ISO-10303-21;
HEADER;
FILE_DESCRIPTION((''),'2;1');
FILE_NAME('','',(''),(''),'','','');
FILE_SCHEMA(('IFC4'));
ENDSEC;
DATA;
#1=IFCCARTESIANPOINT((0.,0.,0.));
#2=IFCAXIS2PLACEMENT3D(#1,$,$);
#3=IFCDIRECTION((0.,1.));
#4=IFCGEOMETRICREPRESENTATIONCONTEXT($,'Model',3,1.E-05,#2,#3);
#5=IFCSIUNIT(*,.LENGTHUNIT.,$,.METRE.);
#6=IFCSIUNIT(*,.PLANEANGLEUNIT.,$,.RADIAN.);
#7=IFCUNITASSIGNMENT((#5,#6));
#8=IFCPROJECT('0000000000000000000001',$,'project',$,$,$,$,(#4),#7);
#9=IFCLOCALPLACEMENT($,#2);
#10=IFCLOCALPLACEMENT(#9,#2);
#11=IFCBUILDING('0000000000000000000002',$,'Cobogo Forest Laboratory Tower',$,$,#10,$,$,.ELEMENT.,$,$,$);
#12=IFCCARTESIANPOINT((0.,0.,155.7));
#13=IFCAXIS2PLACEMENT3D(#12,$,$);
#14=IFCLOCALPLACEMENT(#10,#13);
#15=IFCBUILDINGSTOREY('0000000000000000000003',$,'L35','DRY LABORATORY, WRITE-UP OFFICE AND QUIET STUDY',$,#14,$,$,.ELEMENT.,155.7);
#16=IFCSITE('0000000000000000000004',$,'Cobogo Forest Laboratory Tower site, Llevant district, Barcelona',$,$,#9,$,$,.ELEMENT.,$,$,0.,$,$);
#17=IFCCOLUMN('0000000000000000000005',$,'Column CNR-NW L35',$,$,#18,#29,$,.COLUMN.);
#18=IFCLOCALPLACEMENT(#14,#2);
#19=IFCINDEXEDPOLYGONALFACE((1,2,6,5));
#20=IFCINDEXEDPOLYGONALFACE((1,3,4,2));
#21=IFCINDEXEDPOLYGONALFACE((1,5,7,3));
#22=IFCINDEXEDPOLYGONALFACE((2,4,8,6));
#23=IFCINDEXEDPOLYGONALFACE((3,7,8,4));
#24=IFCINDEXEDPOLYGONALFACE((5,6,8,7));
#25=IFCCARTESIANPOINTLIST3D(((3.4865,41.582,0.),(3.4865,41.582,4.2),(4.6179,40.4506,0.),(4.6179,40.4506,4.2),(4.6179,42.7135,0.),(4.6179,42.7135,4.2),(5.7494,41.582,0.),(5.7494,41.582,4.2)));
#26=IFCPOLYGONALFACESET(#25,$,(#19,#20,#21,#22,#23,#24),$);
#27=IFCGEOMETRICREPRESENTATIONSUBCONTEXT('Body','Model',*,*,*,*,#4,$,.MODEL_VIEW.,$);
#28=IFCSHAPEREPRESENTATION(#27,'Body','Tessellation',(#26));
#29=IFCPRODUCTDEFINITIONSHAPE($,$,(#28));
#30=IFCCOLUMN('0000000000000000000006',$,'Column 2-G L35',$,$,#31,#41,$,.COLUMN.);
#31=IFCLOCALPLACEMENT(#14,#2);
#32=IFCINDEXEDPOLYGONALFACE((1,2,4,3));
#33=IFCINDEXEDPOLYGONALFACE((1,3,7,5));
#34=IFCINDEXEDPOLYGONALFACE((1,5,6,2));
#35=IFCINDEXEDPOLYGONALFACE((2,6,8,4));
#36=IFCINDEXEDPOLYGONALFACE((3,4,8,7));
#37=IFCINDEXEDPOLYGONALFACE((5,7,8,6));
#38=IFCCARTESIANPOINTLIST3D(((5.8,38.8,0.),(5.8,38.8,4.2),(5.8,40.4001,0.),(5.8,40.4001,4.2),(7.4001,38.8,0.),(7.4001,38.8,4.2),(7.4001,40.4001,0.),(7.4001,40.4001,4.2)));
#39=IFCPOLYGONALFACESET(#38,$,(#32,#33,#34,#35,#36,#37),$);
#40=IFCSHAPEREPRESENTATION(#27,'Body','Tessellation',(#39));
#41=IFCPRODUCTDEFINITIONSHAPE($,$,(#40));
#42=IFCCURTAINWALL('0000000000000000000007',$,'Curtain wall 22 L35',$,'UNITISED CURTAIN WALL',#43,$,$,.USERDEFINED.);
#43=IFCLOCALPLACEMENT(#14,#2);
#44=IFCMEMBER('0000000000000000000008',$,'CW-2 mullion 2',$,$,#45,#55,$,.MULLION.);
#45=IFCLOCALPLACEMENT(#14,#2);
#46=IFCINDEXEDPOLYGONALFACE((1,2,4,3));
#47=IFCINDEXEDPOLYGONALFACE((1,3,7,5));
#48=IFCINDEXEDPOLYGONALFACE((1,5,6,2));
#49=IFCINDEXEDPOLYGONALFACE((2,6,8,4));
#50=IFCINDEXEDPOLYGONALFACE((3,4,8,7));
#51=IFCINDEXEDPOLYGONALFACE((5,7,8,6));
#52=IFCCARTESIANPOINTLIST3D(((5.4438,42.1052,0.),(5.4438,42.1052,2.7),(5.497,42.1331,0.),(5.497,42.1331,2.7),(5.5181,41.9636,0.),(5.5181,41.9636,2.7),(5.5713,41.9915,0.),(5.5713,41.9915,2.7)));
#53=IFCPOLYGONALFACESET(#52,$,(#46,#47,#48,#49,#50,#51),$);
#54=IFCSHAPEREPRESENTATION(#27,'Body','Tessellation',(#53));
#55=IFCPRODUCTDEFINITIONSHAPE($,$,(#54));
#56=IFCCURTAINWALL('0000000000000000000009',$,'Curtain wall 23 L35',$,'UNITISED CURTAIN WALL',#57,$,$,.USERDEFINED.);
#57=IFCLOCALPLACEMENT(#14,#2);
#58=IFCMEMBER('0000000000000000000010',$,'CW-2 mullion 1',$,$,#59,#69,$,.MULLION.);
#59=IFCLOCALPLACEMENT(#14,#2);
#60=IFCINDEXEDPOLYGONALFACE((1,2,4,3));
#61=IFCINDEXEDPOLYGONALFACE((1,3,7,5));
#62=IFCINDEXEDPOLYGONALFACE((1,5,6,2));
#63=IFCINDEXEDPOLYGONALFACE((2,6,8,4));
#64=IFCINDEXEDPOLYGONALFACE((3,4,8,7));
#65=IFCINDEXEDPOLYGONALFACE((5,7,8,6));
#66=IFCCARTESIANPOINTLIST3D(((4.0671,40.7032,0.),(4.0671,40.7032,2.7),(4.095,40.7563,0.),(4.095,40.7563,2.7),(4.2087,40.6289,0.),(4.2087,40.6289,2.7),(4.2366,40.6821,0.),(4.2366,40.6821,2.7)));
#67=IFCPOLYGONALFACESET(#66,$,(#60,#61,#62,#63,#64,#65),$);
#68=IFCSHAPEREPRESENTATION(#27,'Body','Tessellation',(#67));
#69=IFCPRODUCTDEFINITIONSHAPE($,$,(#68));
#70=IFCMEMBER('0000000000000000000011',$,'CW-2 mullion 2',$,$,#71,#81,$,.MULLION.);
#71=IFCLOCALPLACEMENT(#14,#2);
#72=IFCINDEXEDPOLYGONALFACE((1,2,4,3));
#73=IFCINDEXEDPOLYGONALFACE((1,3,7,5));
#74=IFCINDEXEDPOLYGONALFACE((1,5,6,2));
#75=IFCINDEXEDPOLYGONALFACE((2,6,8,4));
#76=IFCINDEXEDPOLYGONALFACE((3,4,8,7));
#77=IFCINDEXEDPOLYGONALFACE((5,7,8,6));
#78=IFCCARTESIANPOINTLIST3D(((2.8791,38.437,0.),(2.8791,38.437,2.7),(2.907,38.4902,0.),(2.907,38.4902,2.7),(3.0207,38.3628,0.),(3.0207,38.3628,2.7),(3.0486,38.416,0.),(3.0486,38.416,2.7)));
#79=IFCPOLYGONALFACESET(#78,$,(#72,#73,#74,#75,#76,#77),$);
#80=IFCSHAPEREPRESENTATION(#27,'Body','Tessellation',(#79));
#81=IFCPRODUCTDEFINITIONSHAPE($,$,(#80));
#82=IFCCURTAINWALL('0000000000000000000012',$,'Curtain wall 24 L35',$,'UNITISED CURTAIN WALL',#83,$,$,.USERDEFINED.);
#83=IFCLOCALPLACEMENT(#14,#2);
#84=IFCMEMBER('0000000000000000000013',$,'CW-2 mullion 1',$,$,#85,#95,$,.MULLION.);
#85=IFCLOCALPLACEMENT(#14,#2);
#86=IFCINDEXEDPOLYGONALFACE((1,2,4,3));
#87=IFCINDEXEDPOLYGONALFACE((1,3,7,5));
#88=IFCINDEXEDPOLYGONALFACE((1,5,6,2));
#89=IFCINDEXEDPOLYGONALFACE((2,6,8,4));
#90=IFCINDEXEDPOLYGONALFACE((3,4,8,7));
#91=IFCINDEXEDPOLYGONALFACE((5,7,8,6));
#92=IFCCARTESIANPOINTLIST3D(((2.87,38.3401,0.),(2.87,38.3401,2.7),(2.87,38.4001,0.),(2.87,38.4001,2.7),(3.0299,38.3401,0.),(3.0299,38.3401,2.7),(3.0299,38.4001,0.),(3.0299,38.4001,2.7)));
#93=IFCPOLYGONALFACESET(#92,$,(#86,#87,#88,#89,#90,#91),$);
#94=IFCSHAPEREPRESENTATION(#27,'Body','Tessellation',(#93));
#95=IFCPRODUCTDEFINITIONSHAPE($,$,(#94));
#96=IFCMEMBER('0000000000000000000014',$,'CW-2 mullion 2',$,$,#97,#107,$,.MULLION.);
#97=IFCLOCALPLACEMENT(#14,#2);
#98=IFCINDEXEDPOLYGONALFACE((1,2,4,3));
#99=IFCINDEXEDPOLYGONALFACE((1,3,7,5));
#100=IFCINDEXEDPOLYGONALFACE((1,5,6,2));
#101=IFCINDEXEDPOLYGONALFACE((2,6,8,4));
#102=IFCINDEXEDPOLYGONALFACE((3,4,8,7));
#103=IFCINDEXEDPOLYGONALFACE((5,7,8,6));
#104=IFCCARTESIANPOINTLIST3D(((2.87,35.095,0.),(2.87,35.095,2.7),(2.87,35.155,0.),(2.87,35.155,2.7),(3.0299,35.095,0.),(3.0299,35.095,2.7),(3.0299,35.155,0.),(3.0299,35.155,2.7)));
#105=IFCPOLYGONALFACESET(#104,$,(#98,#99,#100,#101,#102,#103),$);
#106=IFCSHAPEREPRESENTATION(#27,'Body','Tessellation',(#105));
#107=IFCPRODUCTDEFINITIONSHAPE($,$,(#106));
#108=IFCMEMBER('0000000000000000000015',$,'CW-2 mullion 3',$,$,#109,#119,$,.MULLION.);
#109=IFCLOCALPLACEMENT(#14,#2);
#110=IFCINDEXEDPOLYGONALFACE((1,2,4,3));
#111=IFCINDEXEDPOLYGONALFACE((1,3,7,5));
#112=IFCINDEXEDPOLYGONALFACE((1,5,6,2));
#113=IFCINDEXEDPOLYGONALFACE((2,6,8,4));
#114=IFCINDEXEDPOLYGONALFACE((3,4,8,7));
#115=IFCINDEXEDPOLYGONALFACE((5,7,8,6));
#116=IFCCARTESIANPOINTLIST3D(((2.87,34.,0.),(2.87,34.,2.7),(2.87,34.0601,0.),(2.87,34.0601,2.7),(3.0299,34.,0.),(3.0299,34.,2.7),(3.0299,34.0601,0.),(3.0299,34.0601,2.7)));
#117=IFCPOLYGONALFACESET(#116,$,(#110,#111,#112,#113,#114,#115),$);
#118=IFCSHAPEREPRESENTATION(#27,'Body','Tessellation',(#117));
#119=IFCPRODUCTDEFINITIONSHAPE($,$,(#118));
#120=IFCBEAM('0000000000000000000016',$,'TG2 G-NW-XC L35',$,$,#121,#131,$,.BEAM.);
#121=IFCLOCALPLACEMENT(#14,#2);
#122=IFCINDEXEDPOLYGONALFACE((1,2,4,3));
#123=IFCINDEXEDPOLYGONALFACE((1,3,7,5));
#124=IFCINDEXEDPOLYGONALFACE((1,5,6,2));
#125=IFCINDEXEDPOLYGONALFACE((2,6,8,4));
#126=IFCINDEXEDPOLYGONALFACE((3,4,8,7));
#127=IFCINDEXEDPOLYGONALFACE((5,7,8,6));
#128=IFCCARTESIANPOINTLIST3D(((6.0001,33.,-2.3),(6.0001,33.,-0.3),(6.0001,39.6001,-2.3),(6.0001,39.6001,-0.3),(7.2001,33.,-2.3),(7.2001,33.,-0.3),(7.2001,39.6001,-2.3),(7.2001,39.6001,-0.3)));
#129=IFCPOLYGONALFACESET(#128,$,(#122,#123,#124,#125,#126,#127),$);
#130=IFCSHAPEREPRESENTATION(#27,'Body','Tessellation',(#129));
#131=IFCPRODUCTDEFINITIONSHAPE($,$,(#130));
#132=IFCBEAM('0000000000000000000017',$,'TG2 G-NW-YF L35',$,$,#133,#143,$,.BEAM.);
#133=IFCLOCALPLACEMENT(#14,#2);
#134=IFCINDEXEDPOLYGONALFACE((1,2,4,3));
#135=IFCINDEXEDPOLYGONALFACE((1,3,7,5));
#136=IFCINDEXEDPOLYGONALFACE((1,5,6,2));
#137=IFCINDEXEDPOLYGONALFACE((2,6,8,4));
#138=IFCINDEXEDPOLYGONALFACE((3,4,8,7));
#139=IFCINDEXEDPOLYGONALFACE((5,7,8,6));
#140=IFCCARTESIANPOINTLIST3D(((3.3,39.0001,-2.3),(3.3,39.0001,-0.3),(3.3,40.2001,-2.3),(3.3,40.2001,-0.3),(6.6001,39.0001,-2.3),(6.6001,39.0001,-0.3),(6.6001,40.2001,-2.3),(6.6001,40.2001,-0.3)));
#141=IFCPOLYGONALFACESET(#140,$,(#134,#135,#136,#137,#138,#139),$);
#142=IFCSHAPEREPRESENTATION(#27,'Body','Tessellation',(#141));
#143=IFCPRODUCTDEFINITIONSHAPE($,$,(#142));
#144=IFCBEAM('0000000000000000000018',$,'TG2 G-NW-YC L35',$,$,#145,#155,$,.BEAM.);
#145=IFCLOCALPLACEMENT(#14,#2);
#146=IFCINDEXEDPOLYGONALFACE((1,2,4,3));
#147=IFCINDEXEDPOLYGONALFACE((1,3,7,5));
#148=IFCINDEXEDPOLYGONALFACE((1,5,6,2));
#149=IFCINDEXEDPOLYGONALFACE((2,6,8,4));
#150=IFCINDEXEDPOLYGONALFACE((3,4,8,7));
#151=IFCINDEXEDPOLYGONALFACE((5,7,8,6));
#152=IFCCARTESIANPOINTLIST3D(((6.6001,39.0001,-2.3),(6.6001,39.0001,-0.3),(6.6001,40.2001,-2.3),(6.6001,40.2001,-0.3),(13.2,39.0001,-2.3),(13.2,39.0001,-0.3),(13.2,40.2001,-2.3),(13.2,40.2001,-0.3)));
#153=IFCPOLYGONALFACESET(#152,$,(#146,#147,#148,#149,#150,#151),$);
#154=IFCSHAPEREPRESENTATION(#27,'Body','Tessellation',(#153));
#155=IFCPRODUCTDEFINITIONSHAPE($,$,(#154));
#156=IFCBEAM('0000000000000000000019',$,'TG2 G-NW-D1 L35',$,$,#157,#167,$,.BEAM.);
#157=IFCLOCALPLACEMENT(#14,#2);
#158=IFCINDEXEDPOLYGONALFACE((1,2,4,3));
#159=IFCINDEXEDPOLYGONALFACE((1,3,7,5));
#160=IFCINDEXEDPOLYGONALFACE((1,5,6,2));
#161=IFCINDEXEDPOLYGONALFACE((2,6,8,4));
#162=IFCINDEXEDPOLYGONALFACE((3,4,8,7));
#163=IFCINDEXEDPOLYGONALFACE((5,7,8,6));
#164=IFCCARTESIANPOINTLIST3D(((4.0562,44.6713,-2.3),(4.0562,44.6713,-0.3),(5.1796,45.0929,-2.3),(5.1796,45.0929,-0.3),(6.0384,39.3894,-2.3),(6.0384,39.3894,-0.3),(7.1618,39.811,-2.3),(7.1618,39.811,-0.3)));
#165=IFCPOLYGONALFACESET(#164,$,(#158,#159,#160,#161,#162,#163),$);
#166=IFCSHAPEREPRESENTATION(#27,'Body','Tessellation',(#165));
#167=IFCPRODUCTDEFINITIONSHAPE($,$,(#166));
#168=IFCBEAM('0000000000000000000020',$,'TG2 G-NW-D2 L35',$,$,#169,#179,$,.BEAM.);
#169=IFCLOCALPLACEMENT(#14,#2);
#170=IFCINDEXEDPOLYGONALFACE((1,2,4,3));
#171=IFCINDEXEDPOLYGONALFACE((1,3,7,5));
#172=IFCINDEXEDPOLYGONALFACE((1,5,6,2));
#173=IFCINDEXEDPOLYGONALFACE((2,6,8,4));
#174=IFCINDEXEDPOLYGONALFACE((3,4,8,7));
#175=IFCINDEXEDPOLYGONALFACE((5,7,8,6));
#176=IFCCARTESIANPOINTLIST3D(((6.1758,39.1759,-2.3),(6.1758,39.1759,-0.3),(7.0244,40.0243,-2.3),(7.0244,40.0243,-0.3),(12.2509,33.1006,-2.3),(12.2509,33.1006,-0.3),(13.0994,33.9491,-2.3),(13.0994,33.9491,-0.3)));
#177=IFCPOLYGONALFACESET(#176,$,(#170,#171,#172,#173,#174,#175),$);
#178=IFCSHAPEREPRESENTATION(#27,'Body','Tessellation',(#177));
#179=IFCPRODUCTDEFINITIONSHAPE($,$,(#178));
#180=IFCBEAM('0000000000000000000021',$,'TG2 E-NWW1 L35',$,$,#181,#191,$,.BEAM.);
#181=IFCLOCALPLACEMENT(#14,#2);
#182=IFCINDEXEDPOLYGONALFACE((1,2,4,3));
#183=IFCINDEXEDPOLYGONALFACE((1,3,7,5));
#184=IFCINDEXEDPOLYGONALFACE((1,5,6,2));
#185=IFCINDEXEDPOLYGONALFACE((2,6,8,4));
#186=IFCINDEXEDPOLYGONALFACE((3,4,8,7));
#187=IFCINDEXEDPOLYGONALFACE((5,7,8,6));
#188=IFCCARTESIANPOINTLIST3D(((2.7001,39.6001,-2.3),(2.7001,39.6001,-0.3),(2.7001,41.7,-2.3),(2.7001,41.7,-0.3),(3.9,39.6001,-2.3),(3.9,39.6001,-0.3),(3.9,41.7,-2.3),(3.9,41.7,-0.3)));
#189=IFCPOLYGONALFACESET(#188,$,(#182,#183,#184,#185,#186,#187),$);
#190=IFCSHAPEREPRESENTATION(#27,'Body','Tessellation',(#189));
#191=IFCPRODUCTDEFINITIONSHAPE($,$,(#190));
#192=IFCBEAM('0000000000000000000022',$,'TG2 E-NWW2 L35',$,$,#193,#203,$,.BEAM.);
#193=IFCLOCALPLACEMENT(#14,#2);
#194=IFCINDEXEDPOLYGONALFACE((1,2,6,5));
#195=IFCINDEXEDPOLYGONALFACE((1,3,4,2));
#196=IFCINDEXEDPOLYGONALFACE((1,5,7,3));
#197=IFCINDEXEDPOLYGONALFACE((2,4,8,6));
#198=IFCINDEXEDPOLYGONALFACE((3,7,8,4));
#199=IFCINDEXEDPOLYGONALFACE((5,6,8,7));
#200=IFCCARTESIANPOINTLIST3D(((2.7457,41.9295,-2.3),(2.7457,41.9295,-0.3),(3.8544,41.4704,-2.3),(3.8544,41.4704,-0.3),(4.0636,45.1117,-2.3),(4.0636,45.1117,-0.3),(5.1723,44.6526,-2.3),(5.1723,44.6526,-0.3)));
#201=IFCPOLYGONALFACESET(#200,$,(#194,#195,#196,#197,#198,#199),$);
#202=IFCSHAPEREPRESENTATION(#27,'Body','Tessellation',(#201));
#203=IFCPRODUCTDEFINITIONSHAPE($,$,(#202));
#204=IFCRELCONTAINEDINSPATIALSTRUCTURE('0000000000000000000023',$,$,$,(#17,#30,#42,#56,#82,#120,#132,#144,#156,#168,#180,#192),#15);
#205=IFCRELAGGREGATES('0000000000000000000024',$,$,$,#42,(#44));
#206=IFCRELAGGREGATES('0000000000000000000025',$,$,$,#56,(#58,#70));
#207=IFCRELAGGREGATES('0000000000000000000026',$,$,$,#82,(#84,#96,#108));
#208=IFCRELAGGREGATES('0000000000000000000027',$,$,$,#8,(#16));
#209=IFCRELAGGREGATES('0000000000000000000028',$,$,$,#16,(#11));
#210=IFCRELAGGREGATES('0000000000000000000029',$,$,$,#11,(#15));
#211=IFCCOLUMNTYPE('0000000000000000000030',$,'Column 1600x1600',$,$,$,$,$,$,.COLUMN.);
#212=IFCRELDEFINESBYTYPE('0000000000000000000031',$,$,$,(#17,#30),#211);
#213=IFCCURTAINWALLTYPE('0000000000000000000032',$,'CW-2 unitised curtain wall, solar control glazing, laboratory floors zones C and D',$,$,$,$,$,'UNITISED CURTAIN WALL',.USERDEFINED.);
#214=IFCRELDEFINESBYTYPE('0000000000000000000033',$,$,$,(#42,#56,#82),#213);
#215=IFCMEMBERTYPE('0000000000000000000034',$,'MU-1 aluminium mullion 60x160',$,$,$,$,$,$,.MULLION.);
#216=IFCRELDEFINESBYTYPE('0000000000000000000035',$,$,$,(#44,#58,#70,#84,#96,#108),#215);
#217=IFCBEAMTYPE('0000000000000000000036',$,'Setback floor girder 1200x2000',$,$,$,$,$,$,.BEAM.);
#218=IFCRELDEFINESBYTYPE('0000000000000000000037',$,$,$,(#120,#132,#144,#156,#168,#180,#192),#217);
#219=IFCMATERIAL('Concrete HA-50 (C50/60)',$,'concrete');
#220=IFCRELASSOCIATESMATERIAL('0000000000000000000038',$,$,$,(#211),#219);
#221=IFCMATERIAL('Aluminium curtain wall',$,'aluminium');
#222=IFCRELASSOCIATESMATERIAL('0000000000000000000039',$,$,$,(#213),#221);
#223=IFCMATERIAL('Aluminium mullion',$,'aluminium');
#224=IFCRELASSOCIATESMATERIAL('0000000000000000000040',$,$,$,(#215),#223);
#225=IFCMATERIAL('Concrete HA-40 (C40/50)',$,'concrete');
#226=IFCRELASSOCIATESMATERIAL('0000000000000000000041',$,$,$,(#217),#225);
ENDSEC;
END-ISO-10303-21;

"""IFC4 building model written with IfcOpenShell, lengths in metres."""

from ifc_helpers import new_model, si_unit, direction, frame, origin, origin_2d, place, context, subcontext, project, spatial, rectangle, extrude, material, material_profile, profile_set, type_object, element, aggregate, save


model = new_model("IFC4")

# Units and contexts
model_context = context("Model", 3, precision=1e-05, world=origin(), true_north=direction((0.0, 1.0)))
body_context = subcontext(model_context, "Body", "Model", "MODEL_VIEW")
ifc_project = project(units=[si_unit("LENGTHUNIT", "METRE"), si_unit("PLANEANGLEUNIT", "RADIAN")], contexts=[model_context])

# Site, building, storey
site_placement = place(None, origin())
site = spatial("IfcSite", under=ifc_project, at=site_placement, Name="Cobogo Forest Laboratory Tower site, Llevant district, Barcelona", CompositionType="ELEMENT", RefElevation=0.0)
building_placement = place(site_placement, origin())
building = spatial("IfcBuilding", under=site, at=building_placement, Name="Cobogo Forest Laboratory Tower", CompositionType="ELEMENT")
storey_placement = place(building_placement, frame((0.0, 0.0, 155.7)))
storey = spatial("IfcBuildingStorey", under=building, at=storey_placement, Name="L35", Description="DRY LABORATORY, WRITE-UP OFFICE AND QUIET STUDY", CompositionType="ELEMENT", Elevation=155.7)

# Columns
ifc_material_1 = material(Name="Concrete HA-50 (C50/60)", Category="concrete")
ifc_material_profile_1 = material_profile(ifc_material_1, rectangle(XDim=1.6001, YDim=1.6001, at=origin_2d()), Name="RC 1600x1600")
ifc_profile_set_1 = profile_set([ifc_material_profile_1], Name="Concrete HA-50 (C50/60)")
column_type = type_object("IfcColumnType", Name="Column 1600x1600", PredefinedType="COLUMN", material=ifc_profile_set_1)
for number, where, z_axis, x_axis, name in (
    (1, (4.6179, 41.582, 0.0), (0.0, 0.0, 1.0), (0.707107, 0.707107, 0.0), "Column CNR-NW L35"),
    (2, (6.6001, 39.6001, 0.0), (0.0, 0.0, 1.0), (1.0, 0.0, 0.0), "Column 2-G L35"),
):
    element("IfcColumn", number, at=place(storey_placement, frame(where, z_axis=z_axis, x_axis=x_axis)), inside=storey, type_object=column_type, Name=name, PredefinedType="COLUMN", context=body_context, shape_type="SweptSolid", body=[
        extrude(rectangle(XDim=1.6001, YDim=1.6001, at=origin_2d()), origin(), (0.0, 0.0, 1.0), 4.2),
    ])

# Curtain wall, member
ifc_material_2 = material(Name="Aluminium curtain wall", Category="aluminium")
curtain_wall_type = type_object("IfcCurtainWallType", Name="CW-2 unitised curtain wall, solar control glazing, laboratory floors zones C and D", ElementType="UNITISED CURTAIN WALL", PredefinedType="USERDEFINED", material=ifc_material_2)
curtain_wall_1_placement = place(storey_placement, origin())
curtain_wall_1 = element("IfcCurtainWall", 3, at=curtain_wall_1_placement, inside=storey, type_object=curtain_wall_type, Name="Curtain wall 22 L35", ObjectType="UNITISED CURTAIN WALL", PredefinedType="USERDEFINED")
ifc_material_3 = material(Name="Aluminium mullion", Category="aluminium")
ifc_material_profile_2 = material_profile(ifc_material_3, rectangle(XDim=0.0601, YDim=0.1599, at=origin_2d()), Name="AL 60x160")
ifc_profile_set_2 = profile_set([ifc_material_profile_2], Name="Aluminium mullion")
member_type_1 = type_object("IfcMemberType", Name="MU-1 aluminium mullion 60x160", PredefinedType="MULLION", material=ifc_profile_set_2)
member_1_placement = place(storey_placement, frame((5.5076, 42.0483, 0.0), z_axis=(0.0, 0.0, 1.0), x_axis=(-0.885687, -0.464284, 0.0)))
member_1 = element("IfcMember", 4, at=member_1_placement, type_object=member_type_1, Name="CW-2 mullion 2", PredefinedType="MULLION", context=body_context, shape_type="SweptSolid", body=[
    extrude(rectangle(XDim=0.0601, YDim=0.1599, at=origin_2d()), origin(), (0.0, 0.0, 1.0), 2.7),
])

# Curtain walls, members
curtain_wall_2_placement = place(storey_placement, origin())
curtain_wall_2 = element("IfcCurtainWall", 5, at=curtain_wall_2_placement, inside=storey, type_object=curtain_wall_type, Name="Curtain wall 23 L35", ObjectType="UNITISED CURTAIN WALL", PredefinedType="USERDEFINED")
member_2_placement = place(storey_placement, frame((4.1519, 40.6926, 0.0), z_axis=(0.0, 0.0, 1.0), x_axis=(-0.464284, -0.885687, 0.0)))
member_2 = element("IfcMember", 6, at=member_2_placement, type_object=member_type_1, Name="CW-2 mullion 1", PredefinedType="MULLION", context=body_context, shape_type="SweptSolid", body=[
    extrude(rectangle(XDim=0.0601, YDim=0.1599, at=origin_2d()), origin(), (0.0, 0.0, 1.0), 2.7),
])
member_3_placement = place(storey_placement, frame((2.9639, 38.4265, 0.0), z_axis=(0.0, 0.0, 1.0), x_axis=(-0.464284, -0.885687, 0.0)))
member_3 = element("IfcMember", 7, at=member_3_placement, type_object=member_type_1, Name="CW-2 mullion 2", PredefinedType="MULLION", context=body_context, shape_type="SweptSolid", body=[
    extrude(rectangle(XDim=0.0601, YDim=0.1599, at=origin_2d()), origin(), (0.0, 0.0, 1.0), 2.7),
])
curtain_wall_3_placement = place(storey_placement, origin())
curtain_wall_3 = element("IfcCurtainWall", 8, at=curtain_wall_3_placement, inside=storey, type_object=curtain_wall_type, Name="Curtain wall 24 L35", ObjectType="UNITISED CURTAIN WALL", PredefinedType="USERDEFINED")
member_4_placement = place(storey_placement, frame((2.95, 38.3701, 0.0), z_axis=(0.0, 0.0, 1.0), x_axis=(0.0, -1.0, 0.0)))
member_4 = element("IfcMember", 9, at=member_4_placement, type_object=member_type_1, Name="CW-2 mullion 1", PredefinedType="MULLION", context=body_context, shape_type="SweptSolid", body=[
    extrude(rectangle(XDim=0.0601, YDim=0.1599, at=origin_2d()), origin(), (0.0, 0.0, 1.0), 2.7),
])
member_5_placement = place(storey_placement, frame((2.95, 35.125, 0.0), z_axis=(0.0, 0.0, 1.0), x_axis=(0.0, -1.0, 0.0)))
member_5 = element("IfcMember", 10, at=member_5_placement, type_object=member_type_1, Name="CW-2 mullion 2", PredefinedType="MULLION", context=body_context, shape_type="SweptSolid", body=[
    extrude(rectangle(XDim=0.0601, YDim=0.1599, at=origin_2d()), origin(), (0.0, 0.0, 1.0), 2.7),
])
member_6_placement = place(storey_placement, frame((2.95, 34.03, 0.0), z_axis=(0.0, 0.0, 1.0), x_axis=(0.0, -1.0, 0.0)))
member_6 = element("IfcMember", 11, at=member_6_placement, type_object=member_type_1, Name="CW-2 mullion 3", PredefinedType="MULLION", context=body_context, shape_type="SweptSolid", body=[
    extrude(rectangle(XDim=0.0601, YDim=0.1599, at=origin_2d()), origin(), (0.0, 0.0, 1.0), 2.7),
])

# Beams
ifc_material_4 = material(Name="Concrete HA-40 (C40/50)", Category="concrete")
ifc_material_profile_3 = material_profile(ifc_material_4, rectangle(XDim=1.2, YDim=2.0, at=origin_2d()), Name="RC 1200x2000")
ifc_profile_set_3 = profile_set([ifc_material_profile_3], Name="Concrete HA-40 (C40/50)")
beam_type = type_object("IfcBeamType", Name="Setback floor girder 1200x2000", PredefinedType="BEAM", material=ifc_profile_set_3)
beam_1_placement = place(storey_placement, frame((6.6001, 39.6001, -1.3), z_axis=(0.0, -1.0, 0.0), x_axis=(1.0, 0.0, 0.0)))
element("IfcBeam", 12, at=beam_1_placement, inside=storey, type_object=beam_type, Name="TG2 G-NW-XC L35", PredefinedType="BEAM", context=body_context, shape_type="SweptSolid", body=[
    extrude(rectangle(XDim=1.2, YDim=2.0, at=origin_2d()), origin(), (0.0, 0.0, 1.0), 6.6001),
])
beam_2_placement = place(storey_placement, frame((3.3, 39.6001, -1.3), z_axis=(1.0, 0.0, 0.0), x_axis=(0.0, 1.0, 0.0)))
element("IfcBeam", 13, at=beam_2_placement, inside=storey, type_object=beam_type, Name="TG2 G-NW-YF L35", PredefinedType="BEAM", context=body_context, shape_type="SweptSolid", body=[
    extrude(rectangle(XDim=1.2, YDim=2.0, at=origin_2d()), origin(), (0.0, 0.0, 1.0), 3.3),
])
beam_3_placement = place(storey_placement, frame((6.6001, 39.6001, -1.3), z_axis=(1.0, 0.0, 0.0), x_axis=(0.0, 1.0, 0.0)))
element("IfcBeam", 14, at=beam_3_placement, inside=storey, type_object=beam_type, Name="TG2 G-NW-YC L35", PredefinedType="BEAM", context=body_context, shape_type="SweptSolid", body=[
    extrude(rectangle(XDim=1.2, YDim=2.0, at=origin_2d()), origin(), (0.0, 0.0, 1.0), 6.5999),
])
beam_4_placement = place(storey_placement, frame((4.6179, 44.8821, -1.3), z_axis=(0.351346, -0.936246, 0.0), x_axis=(0.936246, 0.351346, 0.0)))
element("IfcBeam", 15, at=beam_4_placement, inside=storey, type_object=beam_type, Name="TG2 G-NW-D1 L35", PredefinedType="BEAM", context=body_context, shape_type="SweptSolid", body=[
    extrude(rectangle(XDim=1.2, YDim=2.0, at=origin_2d()), origin(), (0.0, 0.0, 1.0), 5.6416),
])
beam_5_placement = place(storey_placement, frame((6.6001, 39.6001, -1.3), z_axis=(0.707093, -0.707121, 0.0), x_axis=(0.707121, 0.707093, 0.0)))
element("IfcBeam", 16, at=beam_5_placement, inside=storey, type_object=beam_type, Name="TG2 G-NW-D2 L35", PredefinedType="BEAM", context=body_context, shape_type="SweptSolid", body=[
    extrude(rectangle(XDim=1.2, YDim=2.0, at=origin_2d()), origin(), (0.0, 0.0, 1.0), 8.5916),
])
beam_6_placement = place(storey_placement, frame((3.3, 39.6001, -1.3), z_axis=(0.0, 1.0, 0.0), x_axis=(-1.0, 0.0, 0.0)))
element("IfcBeam", 17, at=beam_6_placement, inside=storey, type_object=beam_type, Name="TG2 E-NWW1 L35", PredefinedType="BEAM", context=body_context, shape_type="SweptSolid", body=[
    extrude(rectangle(XDim=1.2, YDim=2.0, at=origin_2d()), origin(), (0.0, 0.0, 1.0), 2.0999),
])
for number, where, z_axis, x_axis, name in (
    (18, (3.3, 41.7, -1.3), (0.382631, 0.923901, 0.0), (-0.923901, 0.382631, 0.0), "TG2 E-NWW2 L35"),
):
    element("IfcBeam", number, at=place(storey_placement, frame(where, z_axis=z_axis, x_axis=x_axis)), inside=storey, type_object=beam_type, Name=name, PredefinedType="BEAM", context=body_context, shape_type="SweptSolid", body=[
        extrude(rectangle(XDim=1.2, YDim=2.0, at=origin_2d()), origin(), (0.0, 0.0, 1.0), 3.4443),
    ])

aggregate(curtain_wall_1, [member_1])
aggregate(curtain_wall_2, [member_2, member_3])
aggregate(curtain_wall_3, [member_4, member_5, member_6])

save(model, "model.ifc")
